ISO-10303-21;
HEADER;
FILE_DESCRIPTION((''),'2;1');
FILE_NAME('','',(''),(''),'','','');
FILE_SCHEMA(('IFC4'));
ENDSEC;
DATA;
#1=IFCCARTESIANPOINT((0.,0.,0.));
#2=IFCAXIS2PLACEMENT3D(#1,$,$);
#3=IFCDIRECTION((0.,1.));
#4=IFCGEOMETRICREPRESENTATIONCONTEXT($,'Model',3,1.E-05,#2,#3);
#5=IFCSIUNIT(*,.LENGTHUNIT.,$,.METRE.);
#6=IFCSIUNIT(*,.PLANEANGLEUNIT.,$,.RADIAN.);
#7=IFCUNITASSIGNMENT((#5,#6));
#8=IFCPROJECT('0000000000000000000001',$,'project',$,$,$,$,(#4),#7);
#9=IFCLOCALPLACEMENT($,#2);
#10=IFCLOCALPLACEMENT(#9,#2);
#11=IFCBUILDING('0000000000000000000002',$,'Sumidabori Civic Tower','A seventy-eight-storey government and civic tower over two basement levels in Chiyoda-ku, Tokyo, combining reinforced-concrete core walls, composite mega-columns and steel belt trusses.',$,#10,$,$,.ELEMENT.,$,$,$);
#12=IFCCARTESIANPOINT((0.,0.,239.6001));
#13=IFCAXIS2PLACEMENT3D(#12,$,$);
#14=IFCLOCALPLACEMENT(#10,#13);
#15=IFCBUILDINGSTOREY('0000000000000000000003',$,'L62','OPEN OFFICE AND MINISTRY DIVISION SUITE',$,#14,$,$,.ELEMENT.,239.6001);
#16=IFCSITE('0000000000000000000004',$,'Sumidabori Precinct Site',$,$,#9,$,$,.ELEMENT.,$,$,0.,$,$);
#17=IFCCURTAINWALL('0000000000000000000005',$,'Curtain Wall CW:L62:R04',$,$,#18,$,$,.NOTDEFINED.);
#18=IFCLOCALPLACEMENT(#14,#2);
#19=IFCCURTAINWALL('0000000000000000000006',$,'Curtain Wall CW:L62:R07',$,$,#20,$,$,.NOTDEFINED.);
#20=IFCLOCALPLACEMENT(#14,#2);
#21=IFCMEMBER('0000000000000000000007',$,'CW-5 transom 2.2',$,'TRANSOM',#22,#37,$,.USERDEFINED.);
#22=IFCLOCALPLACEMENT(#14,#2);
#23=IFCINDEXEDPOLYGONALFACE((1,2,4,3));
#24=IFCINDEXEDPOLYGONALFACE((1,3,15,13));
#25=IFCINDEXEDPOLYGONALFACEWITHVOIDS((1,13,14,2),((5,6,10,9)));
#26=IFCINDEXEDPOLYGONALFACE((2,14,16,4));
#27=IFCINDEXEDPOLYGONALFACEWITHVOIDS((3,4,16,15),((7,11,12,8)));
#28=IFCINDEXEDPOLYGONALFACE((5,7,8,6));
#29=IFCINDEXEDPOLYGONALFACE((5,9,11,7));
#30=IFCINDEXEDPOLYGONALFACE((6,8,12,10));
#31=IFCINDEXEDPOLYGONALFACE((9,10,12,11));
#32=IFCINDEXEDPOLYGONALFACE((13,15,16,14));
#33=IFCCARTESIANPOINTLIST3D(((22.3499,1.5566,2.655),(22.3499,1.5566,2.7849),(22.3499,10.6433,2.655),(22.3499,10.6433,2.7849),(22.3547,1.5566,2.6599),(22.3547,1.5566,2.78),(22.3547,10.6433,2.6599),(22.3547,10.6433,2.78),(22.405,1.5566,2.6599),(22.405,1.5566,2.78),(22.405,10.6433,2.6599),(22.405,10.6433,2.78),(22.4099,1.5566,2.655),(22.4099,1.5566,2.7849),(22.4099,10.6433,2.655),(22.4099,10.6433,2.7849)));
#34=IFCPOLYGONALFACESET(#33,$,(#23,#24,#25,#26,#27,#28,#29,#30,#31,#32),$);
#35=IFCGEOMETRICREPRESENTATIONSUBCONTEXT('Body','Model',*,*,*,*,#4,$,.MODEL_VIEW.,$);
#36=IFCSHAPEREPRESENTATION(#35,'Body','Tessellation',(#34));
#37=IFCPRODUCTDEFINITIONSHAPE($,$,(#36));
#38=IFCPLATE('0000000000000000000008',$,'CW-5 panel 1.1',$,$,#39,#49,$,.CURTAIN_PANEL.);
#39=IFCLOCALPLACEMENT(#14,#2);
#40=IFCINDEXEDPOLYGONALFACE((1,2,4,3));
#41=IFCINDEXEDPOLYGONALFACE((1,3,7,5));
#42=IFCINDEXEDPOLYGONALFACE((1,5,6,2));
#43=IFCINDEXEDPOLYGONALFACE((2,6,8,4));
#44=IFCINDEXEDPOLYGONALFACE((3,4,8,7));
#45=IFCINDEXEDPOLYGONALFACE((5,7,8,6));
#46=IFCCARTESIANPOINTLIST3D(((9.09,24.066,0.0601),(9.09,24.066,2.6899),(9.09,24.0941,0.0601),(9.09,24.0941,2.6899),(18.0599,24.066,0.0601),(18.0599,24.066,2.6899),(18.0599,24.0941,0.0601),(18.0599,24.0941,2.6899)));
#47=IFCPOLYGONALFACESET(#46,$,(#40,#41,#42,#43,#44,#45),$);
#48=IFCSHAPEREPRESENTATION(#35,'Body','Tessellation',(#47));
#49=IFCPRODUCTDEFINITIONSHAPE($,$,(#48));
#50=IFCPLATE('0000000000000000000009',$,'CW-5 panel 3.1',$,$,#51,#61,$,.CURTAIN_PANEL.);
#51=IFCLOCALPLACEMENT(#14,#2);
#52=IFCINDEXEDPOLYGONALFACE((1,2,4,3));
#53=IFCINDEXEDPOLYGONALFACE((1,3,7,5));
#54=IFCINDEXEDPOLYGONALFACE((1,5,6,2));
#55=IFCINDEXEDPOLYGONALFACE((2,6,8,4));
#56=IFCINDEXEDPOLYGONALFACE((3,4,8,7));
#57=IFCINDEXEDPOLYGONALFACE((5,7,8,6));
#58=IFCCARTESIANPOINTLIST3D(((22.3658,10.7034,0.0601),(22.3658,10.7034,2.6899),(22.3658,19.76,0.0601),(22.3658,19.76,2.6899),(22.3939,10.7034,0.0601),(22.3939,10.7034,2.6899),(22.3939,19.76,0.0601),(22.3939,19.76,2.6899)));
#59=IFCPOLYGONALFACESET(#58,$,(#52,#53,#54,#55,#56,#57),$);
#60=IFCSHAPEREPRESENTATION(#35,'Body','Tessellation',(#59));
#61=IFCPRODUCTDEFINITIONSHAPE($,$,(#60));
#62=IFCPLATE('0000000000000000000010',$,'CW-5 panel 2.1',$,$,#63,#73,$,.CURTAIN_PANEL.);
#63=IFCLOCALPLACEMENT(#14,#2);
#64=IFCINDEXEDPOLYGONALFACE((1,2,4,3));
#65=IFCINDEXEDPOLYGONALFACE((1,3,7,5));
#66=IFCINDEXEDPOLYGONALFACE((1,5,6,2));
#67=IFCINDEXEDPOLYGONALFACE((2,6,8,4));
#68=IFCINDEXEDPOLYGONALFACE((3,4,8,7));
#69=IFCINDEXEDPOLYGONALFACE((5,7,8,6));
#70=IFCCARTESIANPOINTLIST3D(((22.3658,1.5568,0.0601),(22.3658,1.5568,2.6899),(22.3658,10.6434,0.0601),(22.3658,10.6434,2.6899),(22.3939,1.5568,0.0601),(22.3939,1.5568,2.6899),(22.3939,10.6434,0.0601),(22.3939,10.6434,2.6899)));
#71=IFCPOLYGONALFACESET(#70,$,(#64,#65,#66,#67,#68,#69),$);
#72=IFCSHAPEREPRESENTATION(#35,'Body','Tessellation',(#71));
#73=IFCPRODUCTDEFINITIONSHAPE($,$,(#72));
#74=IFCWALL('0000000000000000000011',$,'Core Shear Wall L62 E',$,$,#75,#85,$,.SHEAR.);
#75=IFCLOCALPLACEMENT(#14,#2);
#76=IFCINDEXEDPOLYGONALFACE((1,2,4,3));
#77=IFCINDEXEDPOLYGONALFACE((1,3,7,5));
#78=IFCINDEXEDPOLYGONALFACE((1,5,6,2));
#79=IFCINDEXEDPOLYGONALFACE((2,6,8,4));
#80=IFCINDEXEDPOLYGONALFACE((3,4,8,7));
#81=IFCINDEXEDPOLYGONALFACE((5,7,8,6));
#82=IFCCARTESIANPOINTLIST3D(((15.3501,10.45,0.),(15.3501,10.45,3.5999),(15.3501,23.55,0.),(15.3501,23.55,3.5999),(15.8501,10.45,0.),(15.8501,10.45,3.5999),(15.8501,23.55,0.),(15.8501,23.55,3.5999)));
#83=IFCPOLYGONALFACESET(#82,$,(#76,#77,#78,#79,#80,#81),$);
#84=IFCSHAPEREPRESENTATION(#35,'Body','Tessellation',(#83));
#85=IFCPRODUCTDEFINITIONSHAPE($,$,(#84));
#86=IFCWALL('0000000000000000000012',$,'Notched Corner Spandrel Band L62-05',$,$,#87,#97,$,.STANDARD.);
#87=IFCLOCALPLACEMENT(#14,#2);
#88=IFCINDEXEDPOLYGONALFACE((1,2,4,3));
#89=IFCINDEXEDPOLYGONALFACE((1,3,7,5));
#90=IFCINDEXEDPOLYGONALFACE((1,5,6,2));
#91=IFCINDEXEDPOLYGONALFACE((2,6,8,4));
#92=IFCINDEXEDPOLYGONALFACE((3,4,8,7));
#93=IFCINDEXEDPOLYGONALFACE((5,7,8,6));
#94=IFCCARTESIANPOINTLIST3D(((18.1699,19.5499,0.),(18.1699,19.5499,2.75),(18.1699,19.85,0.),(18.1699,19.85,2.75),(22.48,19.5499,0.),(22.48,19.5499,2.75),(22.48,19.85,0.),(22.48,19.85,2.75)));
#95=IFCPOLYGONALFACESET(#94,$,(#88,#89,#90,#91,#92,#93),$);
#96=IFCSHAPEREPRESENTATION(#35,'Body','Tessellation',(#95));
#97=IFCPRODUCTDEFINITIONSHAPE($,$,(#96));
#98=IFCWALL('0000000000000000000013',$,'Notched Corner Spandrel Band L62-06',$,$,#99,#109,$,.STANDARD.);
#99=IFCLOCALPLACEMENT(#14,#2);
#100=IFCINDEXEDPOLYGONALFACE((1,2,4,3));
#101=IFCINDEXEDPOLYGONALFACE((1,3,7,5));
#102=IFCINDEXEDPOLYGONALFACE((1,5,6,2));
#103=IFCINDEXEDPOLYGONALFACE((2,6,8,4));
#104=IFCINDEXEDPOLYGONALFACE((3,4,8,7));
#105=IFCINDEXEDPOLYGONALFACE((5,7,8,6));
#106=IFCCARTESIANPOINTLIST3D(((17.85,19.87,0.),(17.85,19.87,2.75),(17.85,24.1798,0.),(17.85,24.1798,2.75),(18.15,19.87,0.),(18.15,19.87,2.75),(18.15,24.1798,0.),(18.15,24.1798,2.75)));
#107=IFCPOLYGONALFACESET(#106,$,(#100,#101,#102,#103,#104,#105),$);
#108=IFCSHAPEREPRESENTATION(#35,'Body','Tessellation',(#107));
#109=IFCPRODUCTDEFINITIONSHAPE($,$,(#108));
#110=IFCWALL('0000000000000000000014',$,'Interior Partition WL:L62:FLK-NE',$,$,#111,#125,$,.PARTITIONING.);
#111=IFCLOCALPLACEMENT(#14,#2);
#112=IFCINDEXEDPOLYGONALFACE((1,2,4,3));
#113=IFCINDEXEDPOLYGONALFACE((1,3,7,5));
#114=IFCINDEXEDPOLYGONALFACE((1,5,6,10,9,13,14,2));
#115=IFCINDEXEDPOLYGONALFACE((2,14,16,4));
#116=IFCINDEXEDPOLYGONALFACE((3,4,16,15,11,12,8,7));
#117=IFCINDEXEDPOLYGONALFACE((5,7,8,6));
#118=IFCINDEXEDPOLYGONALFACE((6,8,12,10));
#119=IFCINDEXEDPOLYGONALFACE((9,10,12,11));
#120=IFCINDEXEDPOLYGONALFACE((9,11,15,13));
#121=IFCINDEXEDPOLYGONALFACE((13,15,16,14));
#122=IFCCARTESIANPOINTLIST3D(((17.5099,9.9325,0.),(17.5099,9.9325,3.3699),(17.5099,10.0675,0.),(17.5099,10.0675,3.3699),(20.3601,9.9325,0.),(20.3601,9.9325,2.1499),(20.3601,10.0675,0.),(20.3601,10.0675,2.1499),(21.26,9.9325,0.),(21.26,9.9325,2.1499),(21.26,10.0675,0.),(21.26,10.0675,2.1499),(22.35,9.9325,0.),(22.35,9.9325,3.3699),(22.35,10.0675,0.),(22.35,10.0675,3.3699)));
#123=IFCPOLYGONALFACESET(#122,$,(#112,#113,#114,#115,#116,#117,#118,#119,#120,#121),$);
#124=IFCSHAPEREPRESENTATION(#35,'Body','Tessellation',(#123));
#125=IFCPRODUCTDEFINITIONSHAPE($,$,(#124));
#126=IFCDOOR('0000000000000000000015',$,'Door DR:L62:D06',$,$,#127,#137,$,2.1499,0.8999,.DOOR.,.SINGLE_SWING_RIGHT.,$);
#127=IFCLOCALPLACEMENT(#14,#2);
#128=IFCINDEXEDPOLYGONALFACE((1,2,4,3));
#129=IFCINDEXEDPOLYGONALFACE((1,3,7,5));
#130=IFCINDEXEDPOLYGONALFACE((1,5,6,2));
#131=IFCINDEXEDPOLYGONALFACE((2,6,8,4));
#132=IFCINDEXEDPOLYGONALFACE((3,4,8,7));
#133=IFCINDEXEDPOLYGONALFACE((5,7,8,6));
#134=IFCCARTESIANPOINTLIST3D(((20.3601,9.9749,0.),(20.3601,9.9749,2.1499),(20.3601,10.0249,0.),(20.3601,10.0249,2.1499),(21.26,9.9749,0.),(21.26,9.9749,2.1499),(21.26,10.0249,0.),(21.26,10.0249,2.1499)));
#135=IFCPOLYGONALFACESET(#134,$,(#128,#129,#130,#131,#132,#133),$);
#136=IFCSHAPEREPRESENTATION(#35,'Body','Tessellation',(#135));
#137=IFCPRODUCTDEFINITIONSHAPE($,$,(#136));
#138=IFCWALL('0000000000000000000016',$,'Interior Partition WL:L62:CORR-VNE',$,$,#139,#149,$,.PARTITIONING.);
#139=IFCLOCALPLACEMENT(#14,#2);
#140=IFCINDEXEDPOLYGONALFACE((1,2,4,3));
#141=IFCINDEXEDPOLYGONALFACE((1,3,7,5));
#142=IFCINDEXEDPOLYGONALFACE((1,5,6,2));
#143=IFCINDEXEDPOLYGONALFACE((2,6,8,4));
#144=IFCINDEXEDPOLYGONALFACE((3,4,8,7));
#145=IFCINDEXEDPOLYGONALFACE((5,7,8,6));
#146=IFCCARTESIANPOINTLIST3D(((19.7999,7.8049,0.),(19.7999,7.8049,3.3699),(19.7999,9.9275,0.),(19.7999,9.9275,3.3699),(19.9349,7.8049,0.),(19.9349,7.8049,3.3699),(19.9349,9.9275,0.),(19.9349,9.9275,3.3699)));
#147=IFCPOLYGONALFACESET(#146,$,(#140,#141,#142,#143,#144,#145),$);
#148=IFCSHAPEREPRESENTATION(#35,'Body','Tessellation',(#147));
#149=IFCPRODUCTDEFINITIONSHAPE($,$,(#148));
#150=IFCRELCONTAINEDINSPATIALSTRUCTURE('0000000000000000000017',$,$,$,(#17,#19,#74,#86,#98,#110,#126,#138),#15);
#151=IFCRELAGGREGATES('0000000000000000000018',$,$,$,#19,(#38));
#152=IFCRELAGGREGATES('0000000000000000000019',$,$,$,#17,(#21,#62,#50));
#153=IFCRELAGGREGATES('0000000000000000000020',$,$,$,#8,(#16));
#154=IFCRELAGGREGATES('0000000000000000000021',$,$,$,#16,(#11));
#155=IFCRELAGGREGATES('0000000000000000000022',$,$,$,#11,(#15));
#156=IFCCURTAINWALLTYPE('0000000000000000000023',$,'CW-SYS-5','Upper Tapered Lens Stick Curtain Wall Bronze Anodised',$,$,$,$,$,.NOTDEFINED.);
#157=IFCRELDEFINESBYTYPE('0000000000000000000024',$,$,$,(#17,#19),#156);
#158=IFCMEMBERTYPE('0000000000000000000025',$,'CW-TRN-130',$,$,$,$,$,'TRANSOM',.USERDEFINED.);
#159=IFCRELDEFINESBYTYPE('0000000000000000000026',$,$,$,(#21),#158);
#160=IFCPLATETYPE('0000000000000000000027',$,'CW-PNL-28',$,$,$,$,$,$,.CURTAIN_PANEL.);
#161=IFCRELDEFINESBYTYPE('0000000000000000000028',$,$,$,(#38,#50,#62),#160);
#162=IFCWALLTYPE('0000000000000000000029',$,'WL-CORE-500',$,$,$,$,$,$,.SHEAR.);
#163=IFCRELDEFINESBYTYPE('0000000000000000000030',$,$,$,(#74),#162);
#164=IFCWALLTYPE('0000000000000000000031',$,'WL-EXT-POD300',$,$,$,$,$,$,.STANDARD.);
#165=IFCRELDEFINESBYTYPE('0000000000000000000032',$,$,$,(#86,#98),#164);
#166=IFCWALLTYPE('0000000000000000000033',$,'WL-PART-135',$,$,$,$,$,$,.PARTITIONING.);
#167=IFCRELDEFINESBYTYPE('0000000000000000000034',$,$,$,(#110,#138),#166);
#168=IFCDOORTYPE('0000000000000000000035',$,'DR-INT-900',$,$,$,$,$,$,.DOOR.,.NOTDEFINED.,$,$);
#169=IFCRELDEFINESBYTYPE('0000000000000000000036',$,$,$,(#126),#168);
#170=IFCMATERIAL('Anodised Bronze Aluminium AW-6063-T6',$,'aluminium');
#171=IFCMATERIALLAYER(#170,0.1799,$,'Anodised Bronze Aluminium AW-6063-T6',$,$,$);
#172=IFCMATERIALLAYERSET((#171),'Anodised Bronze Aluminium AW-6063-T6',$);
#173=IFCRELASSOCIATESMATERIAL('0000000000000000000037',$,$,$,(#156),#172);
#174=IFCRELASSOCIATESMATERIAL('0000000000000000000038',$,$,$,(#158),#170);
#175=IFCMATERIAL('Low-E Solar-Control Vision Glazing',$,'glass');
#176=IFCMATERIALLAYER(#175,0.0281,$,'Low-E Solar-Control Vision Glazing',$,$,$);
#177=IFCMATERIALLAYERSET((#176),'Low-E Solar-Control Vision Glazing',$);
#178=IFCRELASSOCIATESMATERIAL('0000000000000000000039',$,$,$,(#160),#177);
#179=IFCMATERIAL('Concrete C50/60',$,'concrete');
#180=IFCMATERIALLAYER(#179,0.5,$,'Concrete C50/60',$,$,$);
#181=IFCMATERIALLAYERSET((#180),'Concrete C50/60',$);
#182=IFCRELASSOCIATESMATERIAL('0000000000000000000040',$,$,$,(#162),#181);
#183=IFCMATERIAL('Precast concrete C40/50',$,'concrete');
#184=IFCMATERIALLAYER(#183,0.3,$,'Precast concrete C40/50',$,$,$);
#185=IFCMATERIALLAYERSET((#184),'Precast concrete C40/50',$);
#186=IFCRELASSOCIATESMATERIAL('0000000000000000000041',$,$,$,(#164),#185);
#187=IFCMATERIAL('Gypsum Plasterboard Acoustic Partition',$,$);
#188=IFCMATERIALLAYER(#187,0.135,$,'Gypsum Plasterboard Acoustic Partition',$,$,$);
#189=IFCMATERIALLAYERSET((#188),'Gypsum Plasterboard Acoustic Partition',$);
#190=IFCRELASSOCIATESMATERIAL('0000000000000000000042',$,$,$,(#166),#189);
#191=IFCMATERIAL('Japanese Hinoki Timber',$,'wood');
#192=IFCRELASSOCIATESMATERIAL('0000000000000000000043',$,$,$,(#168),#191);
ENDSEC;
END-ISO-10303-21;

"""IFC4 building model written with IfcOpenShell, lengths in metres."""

from ifc_helpers import new_model, si_unit, direction, frame, frame_2d, origin, origin_2d, place, context, subcontext, project, spatial, rectangle, hollow_rectangle, extrude, source, transform, mapped, material, layer, layer_set, material_profile, profile_set, type_object, element, fill, aggregate, save


model = new_model("IFC4")

# Units and contexts
model_context = context("Model", 3, precision=1e-05, world=origin(), true_north=direction((0.0, 1.0)))
body_context = subcontext(model_context, "Body", "Model", "MODEL_VIEW")
ifc_project = project(units=[si_unit("LENGTHUNIT", "METRE"), si_unit("PLANEANGLEUNIT", "RADIAN")], contexts=[model_context])

# Site, building, storey
site_placement = place(None, origin())
site = spatial("IfcSite", under=ifc_project, at=site_placement, Name="Sumidabori Precinct Site", CompositionType="ELEMENT", RefElevation=0.0)
building_placement = place(site_placement, origin())
building = spatial("IfcBuilding", under=site, at=building_placement, Name="Sumidabori Civic Tower", Description="A seventy-eight-storey government and civic tower over two basement levels in Chiyoda-ku, Tokyo, combining reinforced-concrete core walls, composite mega-columns and steel belt trusses.", CompositionType="ELEMENT")
storey_placement = place(building_placement, frame((0.0, 0.0, 239.6001)))
storey = spatial("IfcBuildingStorey", under=building, at=storey_placement, Name="L62", Description="OPEN OFFICE AND MINISTRY DIVISION SUITE", CompositionType="ELEMENT", Elevation=239.6001)

# Curtain walls
ifc_material_1 = material(Name="Anodised Bronze Aluminium AW-6063-T6", Category="aluminium")
ifc_layer_1 = layer(ifc_material_1, 0.1799, Name="Anodised Bronze Aluminium AW-6063-T6")
ifc_layer_set_1 = layer_set([ifc_layer_1], Name="Anodised Bronze Aluminium AW-6063-T6")
curtain_wall_type = type_object("IfcCurtainWallType", Name="CW-SYS-5", Description="Upper Tapered Lens Stick Curtain Wall Bronze Anodised", PredefinedType="NOTDEFINED", material=ifc_layer_set_1)
curtain_wall_1_placement = place(storey_placement, origin())
curtain_wall_1 = element("IfcCurtainWall", 1, at=curtain_wall_1_placement, inside=storey, type_object=curtain_wall_type, Name="Curtain Wall CW:L62:R04", PredefinedType="NOTDEFINED")
curtain_wall_2_placement = place(storey_placement, origin())
curtain_wall_2 = element("IfcCurtainWall", 2, at=curtain_wall_2_placement, inside=storey, type_object=curtain_wall_type, Name="Curtain Wall CW:L62:R07", PredefinedType="NOTDEFINED")
ifc_material_profile_1 = material_profile(ifc_material_1, hollow_rectangle(XDim=0.0601, YDim=0.1299, WallThickness=0.0049, at=origin_2d()), Name="ALU TRANSOM 130x60")
ifc_profile_set_1 = profile_set([ifc_material_profile_1], Name="Anodised Bronze Aluminium AW-6063-T6")
member_type_1 = type_object("IfcMemberType", Name="CW-TRN-130", ElementType="TRANSOM", PredefinedType="USERDEFINED", material=ifc_profile_set_1)

# Member
shared_shape_1 = source(origin(), body_context, "Body", "SweptSolid", [
    extrude(hollow_rectangle(XDim=0.0601, YDim=0.1299, WallThickness=0.0049, at=origin_2d()), origin(), (0.0, 0.0, 1.0), 9.0867),
])
member_1_placement = place(storey_placement, frame((22.3799, 1.5566, 2.72), z_axis=(0.0, 1.0, 0.0), x_axis=(-1.0, 0.0, 0.0)))
member_1 = element("IfcMember", 3, at=member_1_placement, type_object=member_type_1, Name="CW-5 transom 2.2", ObjectType="TRANSOM", PredefinedType="USERDEFINED", context=body_context, shape_type="MappedRepresentation", body=[
    mapped(shared_shape_1, transform((0.0, 0.0, 0.0), x_axis=(1.0, 0.0, 0.0), y_axis=(0.0, 1.0, 0.0), z_axis=(0.0, 0.0, 1.0), scale=1.0)),
])

# Plates
ifc_material_2 = material(Name="Low-E Solar-Control Vision Glazing", Category="glass")
ifc_layer_2 = layer(ifc_material_2, 0.0281, Name="Low-E Solar-Control Vision Glazing")
ifc_layer_set_2 = layer_set([ifc_layer_2], Name="Low-E Solar-Control Vision Glazing")
plate_type = type_object("IfcPlateType", Name="CW-PNL-28", PredefinedType="CURTAIN_PANEL", material=ifc_layer_set_2)
shared_shape_2 = source(origin(), body_context, "Body", "SweptSolid", [
    extrude(rectangle(XDim=8.97, YDim=0.0281, at=origin_2d()), origin(), (0.0, 0.0, 1.0), 2.6299),
])
plate_1_placement = place(storey_placement, frame((13.575, 24.0801, 0.0601), z_axis=(0.0, 0.0, 1.0), x_axis=(-1.0, 0.0, 0.0)))
plate_1 = element("IfcPlate", 4, at=plate_1_placement, type_object=plate_type, Name="CW-5 panel 1.1", PredefinedType="CURTAIN_PANEL", context=body_context, shape_type="MappedRepresentation", body=[
    mapped(shared_shape_2, transform((0.0, 0.0, 0.0), x_axis=(1.0, 0.0, 0.0), y_axis=(0.0, 1.0, 0.0), z_axis=(0.0, 0.0, 1.0), scale=1.0)),
])
aggregate(curtain_wall_2, [plate_1])
shared_shape_3 = source(origin(), body_context, "Body", "SweptSolid", [
    extrude(rectangle(XDim=9.0566, YDim=0.0281, at=origin_2d()), origin(), (0.0, 0.0, 1.0), 2.6299),
])
plate_2_placement = place(storey_placement, frame((22.3799, 15.2317, 0.0601), z_axis=(0.0, 0.0, 1.0), x_axis=(0.0, 1.0, 0.0)))
plate_2 = element("IfcPlate", 5, at=plate_2_placement, type_object=plate_type, Name="CW-5 panel 3.1", PredefinedType="CURTAIN_PANEL", context=body_context, shape_type="MappedRepresentation", body=[
    mapped(shared_shape_3, transform((0.0, 0.0, 0.0), x_axis=(1.0, 0.0, 0.0), y_axis=(0.0, 1.0, 0.0), z_axis=(0.0, 0.0, 1.0), scale=1.0)),
])
shared_shape_4 = source(origin(), body_context, "Body", "SweptSolid", [
    extrude(rectangle(XDim=9.0867, YDim=0.0281, at=origin_2d()), origin(), (0.0, 0.0, 1.0), 2.6299),
])
plate_3_placement = place(storey_placement, frame((22.3799, 6.1001, 0.0601), z_axis=(0.0, 0.0, 1.0), x_axis=(0.0, 1.0, 0.0)))
plate_3 = element("IfcPlate", 6, at=plate_3_placement, type_object=plate_type, Name="CW-5 panel 2.1", PredefinedType="CURTAIN_PANEL", context=body_context, shape_type="MappedRepresentation", body=[
    mapped(shared_shape_4, transform((0.0, 0.0, 0.0), x_axis=(1.0, 0.0, 0.0), y_axis=(0.0, 1.0, 0.0), z_axis=(0.0, 0.0, 1.0), scale=1.0)),
])
aggregate(curtain_wall_1, [member_1, plate_3, plate_2])

# Walls
ifc_material_3 = material(Name="Concrete C50/60", Category="concrete")
ifc_layer_3 = layer(ifc_material_3, 0.5, Name="Concrete C50/60")
ifc_layer_set_3 = layer_set([ifc_layer_3], Name="Concrete C50/60")
wall_type_1 = type_object("IfcWallType", Name="WL-CORE-500", PredefinedType="SHEAR", material=ifc_layer_set_3)
shared_shape_5 = source(origin(), body_context, "Body", "SweptSolid", [
    extrude(rectangle(XDim=13.1001, YDim=0.5, at=frame_2d((6.55, 0.0))), origin(), (0.0, 0.0, 1.0), 3.5999),
])
wall_1_placement = place(storey_placement, frame((15.6001, 10.45, 0.0), z_axis=(0.0, 0.0, 1.0), x_axis=(0.0, 1.0, 0.0)))
element("IfcWall", 7, at=wall_1_placement, inside=storey, type_object=wall_type_1, Name="Core Shear Wall L62 E", PredefinedType="SHEAR", context=body_context, shape_type="MappedRepresentation", body=[
    mapped(shared_shape_5, transform((0.0, 0.0, 0.0), x_axis=(1.0, 0.0, 0.0), y_axis=(0.0, 1.0, 0.0), z_axis=(0.0, 0.0, 1.0), scale=1.0)),
])
ifc_material_4 = material(Name="Precast concrete C40/50", Category="concrete")
ifc_layer_4 = layer(ifc_material_4, 0.3, Name="Precast concrete C40/50")
ifc_layer_set_4 = layer_set([ifc_layer_4], Name="Precast concrete C40/50")
wall_type_2 = type_object("IfcWallType", Name="WL-EXT-POD300", PredefinedType="STANDARD", material=ifc_layer_set_4)
shared_shape_6 = source(origin(), body_context, "Body", "SweptSolid", [
    extrude(rectangle(XDim=4.3101, YDim=0.3, at=frame_2d((2.155, 0.0))), origin(), (0.0, 0.0, 1.0), 2.75),
])
wall_2_placement = place(storey_placement, frame((22.48, 19.7, 0.0), z_axis=(0.0, 0.0, 1.0), x_axis=(-1.0, 0.0, 0.0)))
element("IfcWall", 8, at=wall_2_placement, inside=storey, type_object=wall_type_2, Name="Notched Corner Spandrel Band L62-05", PredefinedType="STANDARD", context=body_context, shape_type="MappedRepresentation", body=[
    mapped(shared_shape_6, transform((0.0, 0.0, 0.0), x_axis=(1.0, 0.0, 0.0), y_axis=(0.0, 1.0, 0.0), z_axis=(0.0, 0.0, 1.0), scale=1.0)),
])
shared_shape_7 = source(origin(), body_context, "Body", "SweptSolid", [
    extrude(rectangle(XDim=4.3098, YDim=0.3, at=frame_2d((2.1548, 0.0))), origin(), (0.0, 0.0, 1.0), 2.75),
])
wall_3_placement = place(storey_placement, frame((18.0, 19.8701, 0.0), z_axis=(0.0, 0.0, 1.0), x_axis=(0.0, 1.0, 0.0)))
element("IfcWall", 9, at=wall_3_placement, inside=storey, type_object=wall_type_2, Name="Notched Corner Spandrel Band L62-06", PredefinedType="STANDARD", context=body_context, shape_type="MappedRepresentation", body=[
    mapped(shared_shape_7, transform((0.0, 0.0, 0.0), x_axis=(1.0, 0.0, 0.0), y_axis=(0.0, 1.0, 0.0), z_axis=(0.0, 0.0, 1.0), scale=1.0)),
])

# Wall, opening, door
ifc_material_5 = material(Name="Gypsum Plasterboard Acoustic Partition")
ifc_layer_5 = layer(ifc_material_5, 0.135, Name="Gypsum Plasterboard Acoustic Partition")
ifc_layer_set_5 = layer_set([ifc_layer_5], Name="Gypsum Plasterboard Acoustic Partition")
wall_type_3 = type_object("IfcWallType", Name="WL-PART-135", PredefinedType="PARTITIONING", material=ifc_layer_set_5)
shared_shape_8 = source(origin(), body_context, "Body", "SweptSolid", [
    extrude(rectangle(XDim=4.8401, YDim=0.135, at=frame_2d((2.4199, 0.0))), origin(), (0.0, 0.0, 1.0), 3.3699),
])
wall_4_placement = place(storey_placement, frame((17.51, 10.0, 0.0), z_axis=(0.0, 0.0, 1.0), x_axis=(1.0, 0.0, 0.0)))
wall_4 = element("IfcWall", 10, at=wall_4_placement, inside=storey, type_object=wall_type_3, Name="Interior Partition WL:L62:FLK-NE", PredefinedType="PARTITIONING", context=body_context, shape_type="MappedRepresentation", body=[
    mapped(shared_shape_8, transform((0.0, 0.0, 0.0), x_axis=(1.0, 0.0, 0.0), y_axis=(0.0, 1.0, 0.0), z_axis=(0.0, 0.0, 1.0), scale=1.0)),
])
opening_placement = place(wall_4_placement, frame((2.8501, 0.0, 0.0)))
opening = element("IfcOpeningElement", 11, at=opening_placement, cuts=wall_4, PredefinedType="OPENING", context=body_context, shape_type="SweptSolid", body=[
    extrude(rectangle(XDim=0.8999, YDim=2.1499, at=frame_2d((0.45, 1.075))), frame((0.0, 0.0796, 0.0), z_axis=(0.0, -1.0, 0.0), x_axis=(1.0, 0.0, 0.0)), (0.0, 0.0, 1.0), 0.1589),
])
ifc_material_6 = material(Name="Japanese Hinoki Timber", Category="wood")
door_type = type_object("IfcDoorType", Name="DR-INT-900", OperationType="NOTDEFINED", PredefinedType="DOOR", material=ifc_material_6)
shared_shape_9 = source(origin(), body_context, "Body", "SweptSolid", [
    extrude(rectangle(XDim=0.8999, YDim=2.1499, at=frame_2d((0.45, 1.075))), frame((0.0, 0.0249, 0.0), z_axis=(0.0, -1.0, 0.0), x_axis=(1.0, 0.0, 0.0)), (0.0, 0.0, 1.0), 0.05),
])
door_placement = place(opening_placement, origin())
door = element("IfcDoor", 12, at=door_placement, inside=storey, type_object=door_type, Name="Door DR:L62:D06", OperationType="SINGLE_SWING_RIGHT", OverallHeight=2.1499, OverallWidth=0.8999, PredefinedType="DOOR", context=body_context, shape_type="MappedRepresentation", body=[
    mapped(shared_shape_9, transform((0.0, 0.0, 0.0), x_axis=(1.0, 0.0, 0.0), y_axis=(0.0, 1.0, 0.0), z_axis=(0.0, 0.0, 1.0), scale=1.0)),
])
fill(opening, door)

# Wall
shared_shape_10 = source(origin(), body_context, "Body", "SweptSolid", [
    extrude(rectangle(XDim=2.1226, YDim=0.135, at=frame_2d((1.0613, 0.0))), origin(), (0.0, 0.0, 1.0), 3.3699),
])
wall_5_placement = place(storey_placement, frame((19.8674, 7.8049, 0.0), z_axis=(0.0, 0.0, 1.0), x_axis=(0.0, 1.0, 0.0)))
element("IfcWall", 13, at=wall_5_placement, inside=storey, type_object=wall_type_3, Name="Interior Partition WL:L62:CORR-VNE", PredefinedType="PARTITIONING", context=body_context, shape_type="MappedRepresentation", body=[
    mapped(shared_shape_10, transform((0.0, 0.0, 0.0), x_axis=(1.0, 0.0, 0.0), y_axis=(0.0, 1.0, 0.0), z_axis=(0.0, 0.0, 1.0), scale=1.0)),
])

save(model, "model.ifc")
